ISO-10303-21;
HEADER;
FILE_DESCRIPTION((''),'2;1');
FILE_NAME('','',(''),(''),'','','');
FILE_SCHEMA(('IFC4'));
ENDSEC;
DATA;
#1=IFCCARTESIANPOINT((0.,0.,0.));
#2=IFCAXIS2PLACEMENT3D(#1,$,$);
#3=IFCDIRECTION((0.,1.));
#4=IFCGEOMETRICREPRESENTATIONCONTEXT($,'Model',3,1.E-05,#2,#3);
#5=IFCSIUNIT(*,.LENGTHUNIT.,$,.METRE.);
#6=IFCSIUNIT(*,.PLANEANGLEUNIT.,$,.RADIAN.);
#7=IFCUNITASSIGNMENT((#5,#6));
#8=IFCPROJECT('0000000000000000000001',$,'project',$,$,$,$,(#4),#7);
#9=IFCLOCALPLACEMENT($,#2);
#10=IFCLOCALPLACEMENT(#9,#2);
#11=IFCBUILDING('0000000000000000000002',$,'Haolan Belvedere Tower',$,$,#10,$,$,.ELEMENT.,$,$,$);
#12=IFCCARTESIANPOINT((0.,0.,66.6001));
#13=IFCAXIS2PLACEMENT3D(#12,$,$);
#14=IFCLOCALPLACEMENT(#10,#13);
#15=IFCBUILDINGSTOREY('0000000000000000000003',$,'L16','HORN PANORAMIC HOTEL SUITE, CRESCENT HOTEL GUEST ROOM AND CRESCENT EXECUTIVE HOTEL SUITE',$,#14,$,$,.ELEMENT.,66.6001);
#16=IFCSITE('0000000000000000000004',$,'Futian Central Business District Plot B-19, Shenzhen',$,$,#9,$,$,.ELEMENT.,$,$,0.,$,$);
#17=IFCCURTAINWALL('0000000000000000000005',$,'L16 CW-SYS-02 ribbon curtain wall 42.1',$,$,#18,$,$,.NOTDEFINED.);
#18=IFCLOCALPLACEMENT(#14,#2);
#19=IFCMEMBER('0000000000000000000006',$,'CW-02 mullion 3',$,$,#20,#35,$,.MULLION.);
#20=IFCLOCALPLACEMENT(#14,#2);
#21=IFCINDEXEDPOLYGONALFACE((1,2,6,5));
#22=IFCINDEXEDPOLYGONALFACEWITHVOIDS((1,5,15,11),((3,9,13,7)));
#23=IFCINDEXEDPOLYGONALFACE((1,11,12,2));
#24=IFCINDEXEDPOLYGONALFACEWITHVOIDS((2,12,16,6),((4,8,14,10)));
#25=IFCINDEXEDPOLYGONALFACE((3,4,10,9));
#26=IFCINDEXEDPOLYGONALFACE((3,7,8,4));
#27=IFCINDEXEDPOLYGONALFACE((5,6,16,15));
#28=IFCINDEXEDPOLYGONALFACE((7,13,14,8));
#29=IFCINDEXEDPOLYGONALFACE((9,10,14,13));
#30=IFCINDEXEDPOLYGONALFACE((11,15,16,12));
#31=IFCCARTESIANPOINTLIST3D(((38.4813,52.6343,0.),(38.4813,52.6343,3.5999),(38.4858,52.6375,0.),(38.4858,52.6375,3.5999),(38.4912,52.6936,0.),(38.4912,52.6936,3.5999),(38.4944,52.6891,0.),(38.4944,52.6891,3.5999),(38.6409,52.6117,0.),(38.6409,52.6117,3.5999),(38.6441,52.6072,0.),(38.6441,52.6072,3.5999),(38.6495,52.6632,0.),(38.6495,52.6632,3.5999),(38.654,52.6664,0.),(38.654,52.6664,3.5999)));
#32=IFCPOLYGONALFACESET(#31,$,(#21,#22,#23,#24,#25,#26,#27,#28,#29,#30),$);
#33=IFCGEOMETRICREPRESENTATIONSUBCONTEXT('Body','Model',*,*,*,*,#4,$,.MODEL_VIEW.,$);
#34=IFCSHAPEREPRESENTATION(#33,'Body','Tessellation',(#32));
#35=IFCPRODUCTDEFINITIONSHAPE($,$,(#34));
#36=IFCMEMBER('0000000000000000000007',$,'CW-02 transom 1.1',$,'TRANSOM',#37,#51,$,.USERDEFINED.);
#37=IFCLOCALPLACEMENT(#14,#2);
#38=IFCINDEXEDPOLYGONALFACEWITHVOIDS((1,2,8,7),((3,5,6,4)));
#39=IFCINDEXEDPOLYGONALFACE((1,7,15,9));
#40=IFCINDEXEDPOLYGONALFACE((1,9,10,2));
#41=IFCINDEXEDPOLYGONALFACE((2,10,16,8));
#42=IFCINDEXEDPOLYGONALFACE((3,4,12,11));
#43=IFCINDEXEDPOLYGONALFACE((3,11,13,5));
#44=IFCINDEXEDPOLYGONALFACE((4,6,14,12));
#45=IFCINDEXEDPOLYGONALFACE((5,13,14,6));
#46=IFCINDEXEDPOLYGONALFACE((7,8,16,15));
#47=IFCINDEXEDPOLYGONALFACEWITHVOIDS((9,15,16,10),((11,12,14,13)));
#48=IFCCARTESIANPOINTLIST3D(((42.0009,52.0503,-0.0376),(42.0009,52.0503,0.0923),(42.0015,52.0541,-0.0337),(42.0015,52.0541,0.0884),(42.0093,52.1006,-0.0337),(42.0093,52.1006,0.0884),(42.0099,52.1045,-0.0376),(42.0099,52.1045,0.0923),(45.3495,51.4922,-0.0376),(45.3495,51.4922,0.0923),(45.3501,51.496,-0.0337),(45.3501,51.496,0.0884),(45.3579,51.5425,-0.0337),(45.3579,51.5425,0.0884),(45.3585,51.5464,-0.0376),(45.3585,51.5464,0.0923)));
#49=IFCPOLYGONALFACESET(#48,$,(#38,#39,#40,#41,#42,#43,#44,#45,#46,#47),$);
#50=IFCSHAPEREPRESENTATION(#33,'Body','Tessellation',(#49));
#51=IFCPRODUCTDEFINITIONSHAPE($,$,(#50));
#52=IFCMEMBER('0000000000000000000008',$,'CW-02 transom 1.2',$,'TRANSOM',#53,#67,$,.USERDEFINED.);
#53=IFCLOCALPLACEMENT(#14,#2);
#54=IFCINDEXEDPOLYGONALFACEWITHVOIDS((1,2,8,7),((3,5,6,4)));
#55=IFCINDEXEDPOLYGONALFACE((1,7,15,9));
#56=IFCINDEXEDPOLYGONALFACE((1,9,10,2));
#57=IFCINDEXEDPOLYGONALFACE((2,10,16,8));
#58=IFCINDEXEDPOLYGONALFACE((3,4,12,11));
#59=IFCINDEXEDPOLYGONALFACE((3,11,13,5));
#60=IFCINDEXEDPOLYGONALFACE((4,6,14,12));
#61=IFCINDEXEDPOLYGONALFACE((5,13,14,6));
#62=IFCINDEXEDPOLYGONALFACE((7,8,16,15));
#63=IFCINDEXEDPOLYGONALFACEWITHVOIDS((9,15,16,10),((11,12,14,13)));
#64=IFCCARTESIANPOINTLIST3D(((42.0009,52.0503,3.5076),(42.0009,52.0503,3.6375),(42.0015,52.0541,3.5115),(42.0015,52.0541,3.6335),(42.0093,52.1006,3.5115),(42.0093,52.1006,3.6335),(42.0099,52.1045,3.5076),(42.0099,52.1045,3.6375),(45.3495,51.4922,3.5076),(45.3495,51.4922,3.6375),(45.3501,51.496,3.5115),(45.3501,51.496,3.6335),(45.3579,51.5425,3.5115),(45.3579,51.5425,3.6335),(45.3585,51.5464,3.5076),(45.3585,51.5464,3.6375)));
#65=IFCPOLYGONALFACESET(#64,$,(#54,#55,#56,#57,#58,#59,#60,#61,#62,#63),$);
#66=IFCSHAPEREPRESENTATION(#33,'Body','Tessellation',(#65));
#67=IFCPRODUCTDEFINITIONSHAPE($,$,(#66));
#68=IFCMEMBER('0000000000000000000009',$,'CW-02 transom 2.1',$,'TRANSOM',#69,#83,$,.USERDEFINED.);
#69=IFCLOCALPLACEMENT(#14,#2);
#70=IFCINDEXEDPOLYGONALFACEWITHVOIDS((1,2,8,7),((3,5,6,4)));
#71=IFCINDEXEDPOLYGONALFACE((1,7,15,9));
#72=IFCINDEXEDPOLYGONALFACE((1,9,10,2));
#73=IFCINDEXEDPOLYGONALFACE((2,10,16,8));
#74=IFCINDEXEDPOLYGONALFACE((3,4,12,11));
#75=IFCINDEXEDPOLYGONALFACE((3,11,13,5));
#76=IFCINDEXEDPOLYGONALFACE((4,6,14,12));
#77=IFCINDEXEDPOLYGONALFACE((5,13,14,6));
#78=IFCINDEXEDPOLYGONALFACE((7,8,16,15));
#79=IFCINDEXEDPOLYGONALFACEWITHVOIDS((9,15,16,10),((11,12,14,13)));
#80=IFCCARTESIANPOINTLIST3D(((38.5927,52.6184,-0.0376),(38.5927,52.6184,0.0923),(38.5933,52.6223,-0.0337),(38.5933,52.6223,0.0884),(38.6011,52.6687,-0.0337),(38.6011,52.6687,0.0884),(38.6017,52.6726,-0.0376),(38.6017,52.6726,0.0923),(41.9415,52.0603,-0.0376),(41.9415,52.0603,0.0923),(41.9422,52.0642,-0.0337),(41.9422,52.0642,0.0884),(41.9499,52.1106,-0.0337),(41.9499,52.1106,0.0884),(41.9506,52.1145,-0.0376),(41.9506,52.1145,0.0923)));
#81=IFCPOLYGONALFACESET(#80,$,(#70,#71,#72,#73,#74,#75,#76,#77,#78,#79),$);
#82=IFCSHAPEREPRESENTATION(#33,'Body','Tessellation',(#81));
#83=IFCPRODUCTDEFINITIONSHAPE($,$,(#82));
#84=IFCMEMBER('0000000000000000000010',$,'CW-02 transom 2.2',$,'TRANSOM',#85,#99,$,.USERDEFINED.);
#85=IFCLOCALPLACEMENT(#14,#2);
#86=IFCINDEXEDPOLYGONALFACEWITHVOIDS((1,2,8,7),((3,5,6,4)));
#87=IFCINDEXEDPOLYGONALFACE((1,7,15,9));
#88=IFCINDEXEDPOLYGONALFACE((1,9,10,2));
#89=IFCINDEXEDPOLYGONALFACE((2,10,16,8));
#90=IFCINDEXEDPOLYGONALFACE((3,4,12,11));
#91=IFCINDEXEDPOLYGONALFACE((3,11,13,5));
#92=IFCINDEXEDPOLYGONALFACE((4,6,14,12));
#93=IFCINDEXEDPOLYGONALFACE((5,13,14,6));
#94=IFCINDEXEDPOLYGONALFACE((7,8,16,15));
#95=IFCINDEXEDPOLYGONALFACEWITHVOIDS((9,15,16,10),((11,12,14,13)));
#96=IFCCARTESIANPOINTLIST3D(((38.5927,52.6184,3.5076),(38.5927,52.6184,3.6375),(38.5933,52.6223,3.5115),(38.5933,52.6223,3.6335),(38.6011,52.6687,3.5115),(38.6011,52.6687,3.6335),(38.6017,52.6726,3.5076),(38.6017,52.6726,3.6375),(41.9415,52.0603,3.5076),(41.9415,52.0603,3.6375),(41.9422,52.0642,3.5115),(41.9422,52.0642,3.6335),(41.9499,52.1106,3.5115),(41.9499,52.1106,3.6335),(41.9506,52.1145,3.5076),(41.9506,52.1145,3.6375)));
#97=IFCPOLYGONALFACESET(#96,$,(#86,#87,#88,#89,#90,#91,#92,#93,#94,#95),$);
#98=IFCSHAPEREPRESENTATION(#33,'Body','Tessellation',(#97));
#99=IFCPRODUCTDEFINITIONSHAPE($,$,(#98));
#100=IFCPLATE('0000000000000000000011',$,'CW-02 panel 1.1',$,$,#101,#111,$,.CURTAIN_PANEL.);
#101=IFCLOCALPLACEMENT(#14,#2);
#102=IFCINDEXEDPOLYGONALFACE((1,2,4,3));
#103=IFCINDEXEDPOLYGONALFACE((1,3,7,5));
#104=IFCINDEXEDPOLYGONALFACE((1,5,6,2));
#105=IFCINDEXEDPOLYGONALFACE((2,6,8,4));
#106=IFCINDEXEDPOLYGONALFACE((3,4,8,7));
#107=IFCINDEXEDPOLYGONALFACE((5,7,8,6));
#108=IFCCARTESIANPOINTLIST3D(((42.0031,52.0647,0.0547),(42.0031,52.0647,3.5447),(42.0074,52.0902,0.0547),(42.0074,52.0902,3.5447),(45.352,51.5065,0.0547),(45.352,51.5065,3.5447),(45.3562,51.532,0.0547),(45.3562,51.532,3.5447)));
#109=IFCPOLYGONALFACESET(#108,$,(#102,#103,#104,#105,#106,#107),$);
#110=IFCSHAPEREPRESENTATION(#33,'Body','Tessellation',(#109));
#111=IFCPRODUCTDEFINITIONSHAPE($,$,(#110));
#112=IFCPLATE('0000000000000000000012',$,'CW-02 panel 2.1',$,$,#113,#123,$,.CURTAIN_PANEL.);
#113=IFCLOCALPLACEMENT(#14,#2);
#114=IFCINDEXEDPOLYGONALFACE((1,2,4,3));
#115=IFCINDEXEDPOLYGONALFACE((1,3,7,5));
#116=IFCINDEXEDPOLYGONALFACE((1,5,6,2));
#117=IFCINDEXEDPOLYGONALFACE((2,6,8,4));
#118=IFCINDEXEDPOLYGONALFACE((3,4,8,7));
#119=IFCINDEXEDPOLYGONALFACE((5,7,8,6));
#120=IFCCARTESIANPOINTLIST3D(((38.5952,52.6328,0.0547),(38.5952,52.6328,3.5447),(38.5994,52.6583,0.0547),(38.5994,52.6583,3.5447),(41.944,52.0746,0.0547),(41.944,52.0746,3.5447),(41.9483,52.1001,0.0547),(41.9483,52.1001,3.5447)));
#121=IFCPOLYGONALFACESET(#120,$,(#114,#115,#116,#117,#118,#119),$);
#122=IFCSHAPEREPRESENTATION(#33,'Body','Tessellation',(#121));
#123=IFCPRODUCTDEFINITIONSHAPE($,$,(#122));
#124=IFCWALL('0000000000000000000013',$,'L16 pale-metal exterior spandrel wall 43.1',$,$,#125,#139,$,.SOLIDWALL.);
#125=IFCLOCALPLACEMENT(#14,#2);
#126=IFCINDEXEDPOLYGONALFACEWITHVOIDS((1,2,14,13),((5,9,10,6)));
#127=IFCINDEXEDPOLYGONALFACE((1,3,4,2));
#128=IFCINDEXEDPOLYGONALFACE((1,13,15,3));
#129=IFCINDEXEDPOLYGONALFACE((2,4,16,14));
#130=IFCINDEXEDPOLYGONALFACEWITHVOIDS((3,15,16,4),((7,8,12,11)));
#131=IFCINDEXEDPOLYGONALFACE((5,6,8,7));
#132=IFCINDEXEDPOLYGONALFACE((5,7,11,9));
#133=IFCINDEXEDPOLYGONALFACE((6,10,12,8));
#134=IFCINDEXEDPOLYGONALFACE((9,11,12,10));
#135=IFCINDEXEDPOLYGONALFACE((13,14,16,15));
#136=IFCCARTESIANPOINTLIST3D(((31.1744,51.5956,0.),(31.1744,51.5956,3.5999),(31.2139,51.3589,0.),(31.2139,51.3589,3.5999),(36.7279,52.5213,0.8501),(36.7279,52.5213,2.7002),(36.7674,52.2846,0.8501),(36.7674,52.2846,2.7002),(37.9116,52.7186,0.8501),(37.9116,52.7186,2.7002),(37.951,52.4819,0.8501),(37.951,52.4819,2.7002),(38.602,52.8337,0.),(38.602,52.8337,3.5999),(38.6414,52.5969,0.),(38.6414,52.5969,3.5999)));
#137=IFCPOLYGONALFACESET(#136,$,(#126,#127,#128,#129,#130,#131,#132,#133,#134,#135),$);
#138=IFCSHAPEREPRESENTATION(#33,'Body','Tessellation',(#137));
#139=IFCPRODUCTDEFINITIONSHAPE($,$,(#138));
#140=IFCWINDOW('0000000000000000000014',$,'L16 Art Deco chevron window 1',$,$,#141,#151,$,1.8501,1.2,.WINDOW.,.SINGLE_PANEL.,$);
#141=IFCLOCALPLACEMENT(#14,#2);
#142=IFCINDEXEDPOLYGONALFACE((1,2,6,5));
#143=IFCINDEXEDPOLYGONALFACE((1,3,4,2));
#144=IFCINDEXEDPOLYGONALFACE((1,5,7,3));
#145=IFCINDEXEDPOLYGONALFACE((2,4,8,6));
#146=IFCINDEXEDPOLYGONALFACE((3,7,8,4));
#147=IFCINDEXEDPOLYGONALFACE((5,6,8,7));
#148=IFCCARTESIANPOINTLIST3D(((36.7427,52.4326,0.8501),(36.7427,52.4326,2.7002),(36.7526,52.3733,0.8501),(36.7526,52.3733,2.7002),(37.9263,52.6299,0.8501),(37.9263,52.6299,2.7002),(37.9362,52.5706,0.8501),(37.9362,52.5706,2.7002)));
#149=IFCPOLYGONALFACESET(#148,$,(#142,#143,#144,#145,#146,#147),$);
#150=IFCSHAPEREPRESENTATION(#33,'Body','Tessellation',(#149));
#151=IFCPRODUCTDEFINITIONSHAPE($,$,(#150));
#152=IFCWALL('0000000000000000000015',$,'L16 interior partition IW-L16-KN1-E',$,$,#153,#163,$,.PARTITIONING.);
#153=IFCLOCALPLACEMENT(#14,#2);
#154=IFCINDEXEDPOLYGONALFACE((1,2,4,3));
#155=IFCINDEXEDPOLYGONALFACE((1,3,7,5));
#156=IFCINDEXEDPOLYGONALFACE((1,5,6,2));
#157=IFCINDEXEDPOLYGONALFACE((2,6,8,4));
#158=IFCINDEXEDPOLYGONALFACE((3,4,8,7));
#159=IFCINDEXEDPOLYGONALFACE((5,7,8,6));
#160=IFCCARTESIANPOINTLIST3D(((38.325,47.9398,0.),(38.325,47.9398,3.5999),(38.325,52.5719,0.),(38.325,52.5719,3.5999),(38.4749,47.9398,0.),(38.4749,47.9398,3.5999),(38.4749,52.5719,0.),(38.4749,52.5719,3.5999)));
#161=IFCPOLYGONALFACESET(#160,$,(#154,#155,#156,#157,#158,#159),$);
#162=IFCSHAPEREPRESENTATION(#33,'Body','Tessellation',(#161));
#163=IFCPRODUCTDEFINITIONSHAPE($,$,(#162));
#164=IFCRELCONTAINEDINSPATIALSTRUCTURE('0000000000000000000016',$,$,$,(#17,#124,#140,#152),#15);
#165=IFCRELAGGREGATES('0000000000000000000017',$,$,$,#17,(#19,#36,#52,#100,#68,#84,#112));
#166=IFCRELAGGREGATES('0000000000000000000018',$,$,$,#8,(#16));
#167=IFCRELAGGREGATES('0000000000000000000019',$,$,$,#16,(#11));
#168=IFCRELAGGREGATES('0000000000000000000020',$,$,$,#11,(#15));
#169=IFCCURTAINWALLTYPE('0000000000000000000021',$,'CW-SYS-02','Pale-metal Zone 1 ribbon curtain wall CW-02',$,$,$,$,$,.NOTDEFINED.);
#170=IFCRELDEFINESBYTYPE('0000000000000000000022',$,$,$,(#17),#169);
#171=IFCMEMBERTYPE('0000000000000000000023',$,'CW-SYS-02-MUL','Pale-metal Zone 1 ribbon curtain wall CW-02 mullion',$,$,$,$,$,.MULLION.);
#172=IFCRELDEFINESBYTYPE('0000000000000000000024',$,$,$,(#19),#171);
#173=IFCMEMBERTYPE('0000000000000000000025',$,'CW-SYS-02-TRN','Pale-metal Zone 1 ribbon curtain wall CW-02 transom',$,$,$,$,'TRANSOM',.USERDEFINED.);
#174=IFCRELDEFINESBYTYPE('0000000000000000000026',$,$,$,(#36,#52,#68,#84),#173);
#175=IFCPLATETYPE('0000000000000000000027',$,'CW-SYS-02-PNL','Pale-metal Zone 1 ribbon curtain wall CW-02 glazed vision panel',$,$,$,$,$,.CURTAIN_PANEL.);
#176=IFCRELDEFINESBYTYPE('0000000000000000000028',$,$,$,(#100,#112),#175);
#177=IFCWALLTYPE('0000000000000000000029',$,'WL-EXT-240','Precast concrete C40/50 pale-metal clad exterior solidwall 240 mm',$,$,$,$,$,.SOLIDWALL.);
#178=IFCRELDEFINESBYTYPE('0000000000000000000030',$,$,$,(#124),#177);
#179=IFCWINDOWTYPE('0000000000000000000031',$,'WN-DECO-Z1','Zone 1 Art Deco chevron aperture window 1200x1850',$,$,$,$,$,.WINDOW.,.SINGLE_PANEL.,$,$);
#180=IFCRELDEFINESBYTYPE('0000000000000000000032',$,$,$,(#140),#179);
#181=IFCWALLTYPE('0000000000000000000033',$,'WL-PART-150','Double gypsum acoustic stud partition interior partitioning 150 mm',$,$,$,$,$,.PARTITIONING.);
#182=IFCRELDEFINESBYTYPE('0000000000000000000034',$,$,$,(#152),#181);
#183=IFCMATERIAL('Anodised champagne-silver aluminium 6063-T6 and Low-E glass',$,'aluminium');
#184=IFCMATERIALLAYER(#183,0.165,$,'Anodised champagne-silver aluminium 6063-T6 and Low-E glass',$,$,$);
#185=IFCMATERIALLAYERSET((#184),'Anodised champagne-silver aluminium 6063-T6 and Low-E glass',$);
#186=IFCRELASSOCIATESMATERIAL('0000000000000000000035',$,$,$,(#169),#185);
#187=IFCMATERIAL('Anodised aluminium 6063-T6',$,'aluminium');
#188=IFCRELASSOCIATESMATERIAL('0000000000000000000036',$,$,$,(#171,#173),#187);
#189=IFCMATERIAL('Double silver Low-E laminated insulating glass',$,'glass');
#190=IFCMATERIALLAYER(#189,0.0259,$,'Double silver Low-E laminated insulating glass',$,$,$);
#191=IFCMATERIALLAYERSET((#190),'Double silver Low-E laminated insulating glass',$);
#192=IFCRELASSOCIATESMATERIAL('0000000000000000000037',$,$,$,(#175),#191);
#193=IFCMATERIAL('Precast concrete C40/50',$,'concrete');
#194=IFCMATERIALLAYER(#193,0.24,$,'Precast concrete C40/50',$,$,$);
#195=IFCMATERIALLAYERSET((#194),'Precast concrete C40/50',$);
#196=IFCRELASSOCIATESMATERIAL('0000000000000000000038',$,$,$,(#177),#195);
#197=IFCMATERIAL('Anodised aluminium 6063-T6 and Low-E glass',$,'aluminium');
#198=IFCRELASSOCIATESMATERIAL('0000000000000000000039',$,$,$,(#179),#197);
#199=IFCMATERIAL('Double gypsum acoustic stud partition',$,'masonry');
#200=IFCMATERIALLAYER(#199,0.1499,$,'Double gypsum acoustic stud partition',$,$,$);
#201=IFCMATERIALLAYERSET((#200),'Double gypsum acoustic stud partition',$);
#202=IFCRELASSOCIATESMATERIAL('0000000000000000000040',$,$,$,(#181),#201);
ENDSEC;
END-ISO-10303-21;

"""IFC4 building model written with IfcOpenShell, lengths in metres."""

from ifc_helpers import new_model, si_unit, direction, frame, frame_2d, origin, origin_2d, place, context, subcontext, project, spatial, rectangle, hollow_rectangle, extrude, material, layer, layer_set, material_profile, profile_set, type_object, element, fill, aggregate, save


model = new_model("IFC4")

# Units and contexts
model_context = context("Model", 3, precision=1e-05, world=origin(), true_north=direction((0.0, 1.0)))
body_context = subcontext(model_context, "Body", "Model", "MODEL_VIEW")
ifc_project = project(units=[si_unit("LENGTHUNIT", "METRE"), si_unit("PLANEANGLEUNIT", "RADIAN")], contexts=[model_context])

# Site, building, storey
site_placement = place(None, origin())
site = spatial("IfcSite", under=ifc_project, at=site_placement, Name="Futian Central Business District Plot B-19, Shenzhen", CompositionType="ELEMENT", RefElevation=0.0)
building_placement = place(site_placement, origin())
building = spatial("IfcBuilding", under=site, at=building_placement, Name="Haolan Belvedere Tower", CompositionType="ELEMENT")
storey_placement = place(building_placement, frame((0.0, 0.0, 66.6001)))
storey = spatial("IfcBuildingStorey", under=building, at=storey_placement, Name="L16", Description="HORN PANORAMIC HOTEL SUITE, CRESCENT HOTEL GUEST ROOM AND CRESCENT EXECUTIVE HOTEL SUITE", CompositionType="ELEMENT", Elevation=66.6001)

# Shared definitions
ifc_material_1 = material(Name="Anodised champagne-silver aluminium 6063-T6 and Low-E glass", Category="aluminium")
ifc_layer_1 = layer(ifc_material_1, 0.165, Name="Anodised champagne-silver aluminium 6063-T6 and Low-E glass")
ifc_layer_set_1 = layer_set([ifc_layer_1], Name="Anodised champagne-silver aluminium 6063-T6 and Low-E glass")
curtain_wall_type = type_object("IfcCurtainWallType", Name="CW-SYS-02", Description="Pale-metal Zone 1 ribbon curtain wall CW-02", PredefinedType="NOTDEFINED", material=ifc_layer_set_1)
ifc_material_2 = material(Name="Anodised aluminium 6063-T6", Category="aluminium")
ifc_material_profile_1 = material_profile(ifc_material_2, hollow_rectangle(XDim=0.0601, YDim=0.165, WallThickness=0.0039, at=origin_2d()), Name="Anodised aluminium 6063-T6")
ifc_profile_set_1 = profile_set([ifc_material_profile_1], Name="Anodised aluminium 6063-T6")
member_type_1 = type_object("IfcMemberType", Name="CW-SYS-02-MUL", Description="Pale-metal Zone 1 ribbon curtain wall CW-02 mullion", PredefinedType="MULLION", material=ifc_profile_set_1)

# Curtain wall, members, plates
curtain_wall_1_placement = place(storey_placement, origin())
curtain_wall_1 = element("IfcCurtainWall", 1, at=curtain_wall_1_placement, inside=storey, type_object=curtain_wall_type, Name="L16 CW-SYS-02 ribbon curtain wall 42.1", PredefinedType="NOTDEFINED")
member_1_placement = place(storey_placement, frame((38.5676, 52.6504, 0.0), z_axis=(0.0, 0.0, 1.0), x_axis=(-0.164404, -0.986393, 0.0)))
member_1 = element("IfcMember", 2, at=member_1_placement, type_object=member_type_1, Name="CW-02 mullion 3", PredefinedType="MULLION", context=body_context, shape_type="SweptSolid", body=[
    extrude(hollow_rectangle(XDim=0.0601, YDim=0.165, WallThickness=0.0039, at=origin_2d()), origin(), (0.0, 0.0, 1.0), 3.5999),
])
ifc_material_profile_2 = material_profile(ifc_material_2, hollow_rectangle(XDim=0.0549, YDim=0.1299, WallThickness=0.0039, at=origin_2d()), Name="Anodised aluminium 6063-T6")
ifc_profile_set_2 = profile_set([ifc_material_profile_2], Name="Anodised aluminium 6063-T6")
member_type_2 = type_object("IfcMemberType", Name="CW-SYS-02-TRN", Description="Pale-metal Zone 1 ribbon curtain wall CW-02 transom", ElementType="TRANSOM", PredefinedType="USERDEFINED", material=ifc_profile_set_2)
member_2_placement = place(storey_placement, frame((45.354, 51.5193, 0.0273), z_axis=(-0.986394, 0.164399, 0.0), x_axis=(-0.164399, -0.986394, 0.0)))
member_2 = element("IfcMember", 3, at=member_2_placement, type_object=member_type_2, Name="CW-02 transom 1.1", ObjectType="TRANSOM", PredefinedType="USERDEFINED", context=body_context, shape_type="SweptSolid", body=[
    extrude(hollow_rectangle(XDim=0.0549, YDim=0.1299, WallThickness=0.0039, at=origin_2d()), origin(), (0.0, 0.0, 1.0), 3.3948),
])
member_3_placement = place(storey_placement, frame((45.354, 51.5193, 3.5725), z_axis=(-0.986394, 0.164399, 0.0), x_axis=(-0.164399, -0.986394, 0.0)))
member_3 = element("IfcMember", 4, at=member_3_placement, type_object=member_type_2, Name="CW-02 transom 1.2", ObjectType="TRANSOM", PredefinedType="USERDEFINED", context=body_context, shape_type="SweptSolid", body=[
    extrude(hollow_rectangle(XDim=0.0549, YDim=0.1299, WallThickness=0.0039, at=origin_2d()), origin(), (0.0, 0.0, 1.0), 3.3948),
])
member_4_placement = place(storey_placement, frame((41.946, 52.0874, 0.0273), z_axis=(-0.986396, 0.164387, 0.0), x_axis=(-0.164387, -0.986396, 0.0)))
member_4 = element("IfcMember", 5, at=member_4_placement, type_object=member_type_2, Name="CW-02 transom 2.1", ObjectType="TRANSOM", PredefinedType="USERDEFINED", context=body_context, shape_type="SweptSolid", body=[
    extrude(hollow_rectangle(XDim=0.0549, YDim=0.1299, WallThickness=0.0039, at=origin_2d()), origin(), (0.0, 0.0, 1.0), 3.395),
])
member_5_placement = place(storey_placement, frame((41.946, 52.0874, 3.5725), z_axis=(-0.986396, 0.164387, 0.0), x_axis=(-0.164387, -0.986396, 0.0)))
member_5 = element("IfcMember", 6, at=member_5_placement, type_object=member_type_2, Name="CW-02 transom 2.2", ObjectType="TRANSOM", PredefinedType="USERDEFINED", context=body_context, shape_type="SweptSolid", body=[
    extrude(hollow_rectangle(XDim=0.0549, YDim=0.1299, WallThickness=0.0039, at=origin_2d()), origin(), (0.0, 0.0, 1.0), 3.395),
])
ifc_material_3 = material(Name="Double silver Low-E laminated insulating glass", Category="glass")
ifc_layer_2 = layer(ifc_material_3, 0.0259, Name="Double silver Low-E laminated insulating glass")
ifc_layer_set_2 = layer_set([ifc_layer_2], Name="Double silver Low-E laminated insulating glass")
plate_type = type_object("IfcPlateType", Name="CW-SYS-02-PNL", Description="Pale-metal Zone 1 ribbon curtain wall CW-02 glazed vision panel", PredefinedType="CURTAIN_PANEL", material=ifc_layer_set_2)
plate_1_placement = place(storey_placement, frame((43.6797, 51.7983, 0.0547), z_axis=(0.0, 0.0, 1.0), x_axis=(-0.986393, 0.164404, 0.0)))
plate_1 = element("IfcPlate", 7, at=plate_1_placement, type_object=plate_type, Name="CW-02 panel 1.1", PredefinedType="CURTAIN_PANEL", context=body_context, shape_type="SweptSolid", body=[
    extrude(rectangle(XDim=3.395, YDim=0.0259, at=origin_2d()), origin(), (0.0, 0.0, 1.0), 3.49),
])
plate_2_placement = place(storey_placement, frame((40.2717, 52.3665, 0.0547), z_axis=(0.0, 0.0, 1.0), x_axis=(-0.986393, 0.164404, 0.0)))
plate_2 = element("IfcPlate", 8, at=plate_2_placement, type_object=plate_type, Name="CW-02 panel 2.1", PredefinedType="CURTAIN_PANEL", context=body_context, shape_type="SweptSolid", body=[
    extrude(rectangle(XDim=3.395, YDim=0.0259, at=origin_2d()), origin(), (0.0, 0.0, 1.0), 3.49),
])
aggregate(curtain_wall_1, [member_1, member_2, member_3, plate_1, member_4, member_5, plate_2])

# Wall, opening, window
ifc_material_4 = material(Name="Precast concrete C40/50", Category="concrete")
ifc_layer_3 = layer(ifc_material_4, 0.24, Name="Precast concrete C40/50")
ifc_layer_set_3 = layer_set([ifc_layer_3], Name="Precast concrete C40/50")
wall_type_1 = type_object("IfcWallType", Name="WL-EXT-240", Description="Precast concrete C40/50 pale-metal clad exterior solidwall 240 mm", PredefinedType="SOLIDWALL", material=ifc_layer_set_3)
wall_1_placement = place(storey_placement, frame((38.6218, 52.7153, 0.0), z_axis=(0.0, 0.0, 1.0), x_axis=(-0.986391, -0.164415, 0.0)))
wall_1 = element("IfcWall", 9, at=wall_1_placement, inside=storey, type_object=wall_type_1, Name="L16 pale-metal exterior spandrel wall 43.1", PredefinedType="SOLIDWALL", context=body_context, shape_type="SweptSolid", body=[
    extrude(rectangle(XDim=7.53, YDim=0.24, at=frame_2d((3.7651, 0.0))), origin(), (0.0, 0.0, 1.0), 3.5999),
])
opening_1_placement = place(wall_1_placement, frame((0.7, 0.0, 0.8501)))
opening_1 = element("IfcOpeningElement", 10, at=opening_1_placement, cuts=wall_1, PredefinedType="OPENING", context=body_context, shape_type="SweptSolid", body=[
    extrude(rectangle(XDim=1.2, YDim=1.8501, at=frame_2d((0.6001, 0.925))), frame((0.0, 0.1299, 0.0), z_axis=(0.0, -1.0, 0.0), x_axis=(1.0, 0.0, 0.0)), (0.0, 0.0, 1.0), 0.26),
])
ifc_material_5 = material(Name="Anodised aluminium 6063-T6 and Low-E glass", Category="aluminium")
window_type = type_object("IfcWindowType", Name="WN-DECO-Z1", Description="Zone 1 Art Deco chevron aperture window 1200x1850", PartitioningType="SINGLE_PANEL", PredefinedType="WINDOW", material=ifc_material_5)
window_placement = place(opening_1_placement, origin())
window = element("IfcWindow", 11, at=window_placement, inside=storey, type_object=window_type, Name="L16 Art Deco chevron window 1", OverallHeight=1.8501, OverallWidth=1.2, PartitioningType="SINGLE_PANEL", PredefinedType="WINDOW", context=body_context, shape_type="SweptSolid", body=[
    extrude(rectangle(XDim=1.2, YDim=1.8501, at=frame_2d((0.6001, 0.925))), frame((0.0, 0.03, 0.0), z_axis=(0.0, -1.0, 0.0), x_axis=(1.0, 0.0, 0.0)), (0.0, 0.0, 1.0), 0.0601),
])
fill(opening_1, window)

# Wall
ifc_material_6 = material(Name="Double gypsum acoustic stud partition", Category="masonry")
ifc_layer_4 = layer(ifc_material_6, 0.1499, Name="Double gypsum acoustic stud partition")
ifc_layer_set_4 = layer_set([ifc_layer_4], Name="Double gypsum acoustic stud partition")
wall_type_2 = type_object("IfcWallType", Name="WL-PART-150", Description="Double gypsum acoustic stud partition interior partitioning 150 mm", PredefinedType="PARTITIONING", material=ifc_layer_set_4)
wall_2_placement = place(storey_placement, frame((38.3999, 47.9399, 0.0), z_axis=(0.0, 0.0, 1.0), x_axis=(0.0, 1.0, 0.0)))
element("IfcWall", 12, at=wall_2_placement, inside=storey, type_object=wall_type_2, Name="L16 interior partition IW-L16-KN1-E", PredefinedType="PARTITIONING", context=body_context, shape_type="SweptSolid", body=[
    extrude(rectangle(XDim=4.6321, YDim=0.1499, at=frame_2d((2.3159, 0.0))), origin(), (0.0, 0.0, 1.0), 3.5999),
])

save(model, "model.ifc")
